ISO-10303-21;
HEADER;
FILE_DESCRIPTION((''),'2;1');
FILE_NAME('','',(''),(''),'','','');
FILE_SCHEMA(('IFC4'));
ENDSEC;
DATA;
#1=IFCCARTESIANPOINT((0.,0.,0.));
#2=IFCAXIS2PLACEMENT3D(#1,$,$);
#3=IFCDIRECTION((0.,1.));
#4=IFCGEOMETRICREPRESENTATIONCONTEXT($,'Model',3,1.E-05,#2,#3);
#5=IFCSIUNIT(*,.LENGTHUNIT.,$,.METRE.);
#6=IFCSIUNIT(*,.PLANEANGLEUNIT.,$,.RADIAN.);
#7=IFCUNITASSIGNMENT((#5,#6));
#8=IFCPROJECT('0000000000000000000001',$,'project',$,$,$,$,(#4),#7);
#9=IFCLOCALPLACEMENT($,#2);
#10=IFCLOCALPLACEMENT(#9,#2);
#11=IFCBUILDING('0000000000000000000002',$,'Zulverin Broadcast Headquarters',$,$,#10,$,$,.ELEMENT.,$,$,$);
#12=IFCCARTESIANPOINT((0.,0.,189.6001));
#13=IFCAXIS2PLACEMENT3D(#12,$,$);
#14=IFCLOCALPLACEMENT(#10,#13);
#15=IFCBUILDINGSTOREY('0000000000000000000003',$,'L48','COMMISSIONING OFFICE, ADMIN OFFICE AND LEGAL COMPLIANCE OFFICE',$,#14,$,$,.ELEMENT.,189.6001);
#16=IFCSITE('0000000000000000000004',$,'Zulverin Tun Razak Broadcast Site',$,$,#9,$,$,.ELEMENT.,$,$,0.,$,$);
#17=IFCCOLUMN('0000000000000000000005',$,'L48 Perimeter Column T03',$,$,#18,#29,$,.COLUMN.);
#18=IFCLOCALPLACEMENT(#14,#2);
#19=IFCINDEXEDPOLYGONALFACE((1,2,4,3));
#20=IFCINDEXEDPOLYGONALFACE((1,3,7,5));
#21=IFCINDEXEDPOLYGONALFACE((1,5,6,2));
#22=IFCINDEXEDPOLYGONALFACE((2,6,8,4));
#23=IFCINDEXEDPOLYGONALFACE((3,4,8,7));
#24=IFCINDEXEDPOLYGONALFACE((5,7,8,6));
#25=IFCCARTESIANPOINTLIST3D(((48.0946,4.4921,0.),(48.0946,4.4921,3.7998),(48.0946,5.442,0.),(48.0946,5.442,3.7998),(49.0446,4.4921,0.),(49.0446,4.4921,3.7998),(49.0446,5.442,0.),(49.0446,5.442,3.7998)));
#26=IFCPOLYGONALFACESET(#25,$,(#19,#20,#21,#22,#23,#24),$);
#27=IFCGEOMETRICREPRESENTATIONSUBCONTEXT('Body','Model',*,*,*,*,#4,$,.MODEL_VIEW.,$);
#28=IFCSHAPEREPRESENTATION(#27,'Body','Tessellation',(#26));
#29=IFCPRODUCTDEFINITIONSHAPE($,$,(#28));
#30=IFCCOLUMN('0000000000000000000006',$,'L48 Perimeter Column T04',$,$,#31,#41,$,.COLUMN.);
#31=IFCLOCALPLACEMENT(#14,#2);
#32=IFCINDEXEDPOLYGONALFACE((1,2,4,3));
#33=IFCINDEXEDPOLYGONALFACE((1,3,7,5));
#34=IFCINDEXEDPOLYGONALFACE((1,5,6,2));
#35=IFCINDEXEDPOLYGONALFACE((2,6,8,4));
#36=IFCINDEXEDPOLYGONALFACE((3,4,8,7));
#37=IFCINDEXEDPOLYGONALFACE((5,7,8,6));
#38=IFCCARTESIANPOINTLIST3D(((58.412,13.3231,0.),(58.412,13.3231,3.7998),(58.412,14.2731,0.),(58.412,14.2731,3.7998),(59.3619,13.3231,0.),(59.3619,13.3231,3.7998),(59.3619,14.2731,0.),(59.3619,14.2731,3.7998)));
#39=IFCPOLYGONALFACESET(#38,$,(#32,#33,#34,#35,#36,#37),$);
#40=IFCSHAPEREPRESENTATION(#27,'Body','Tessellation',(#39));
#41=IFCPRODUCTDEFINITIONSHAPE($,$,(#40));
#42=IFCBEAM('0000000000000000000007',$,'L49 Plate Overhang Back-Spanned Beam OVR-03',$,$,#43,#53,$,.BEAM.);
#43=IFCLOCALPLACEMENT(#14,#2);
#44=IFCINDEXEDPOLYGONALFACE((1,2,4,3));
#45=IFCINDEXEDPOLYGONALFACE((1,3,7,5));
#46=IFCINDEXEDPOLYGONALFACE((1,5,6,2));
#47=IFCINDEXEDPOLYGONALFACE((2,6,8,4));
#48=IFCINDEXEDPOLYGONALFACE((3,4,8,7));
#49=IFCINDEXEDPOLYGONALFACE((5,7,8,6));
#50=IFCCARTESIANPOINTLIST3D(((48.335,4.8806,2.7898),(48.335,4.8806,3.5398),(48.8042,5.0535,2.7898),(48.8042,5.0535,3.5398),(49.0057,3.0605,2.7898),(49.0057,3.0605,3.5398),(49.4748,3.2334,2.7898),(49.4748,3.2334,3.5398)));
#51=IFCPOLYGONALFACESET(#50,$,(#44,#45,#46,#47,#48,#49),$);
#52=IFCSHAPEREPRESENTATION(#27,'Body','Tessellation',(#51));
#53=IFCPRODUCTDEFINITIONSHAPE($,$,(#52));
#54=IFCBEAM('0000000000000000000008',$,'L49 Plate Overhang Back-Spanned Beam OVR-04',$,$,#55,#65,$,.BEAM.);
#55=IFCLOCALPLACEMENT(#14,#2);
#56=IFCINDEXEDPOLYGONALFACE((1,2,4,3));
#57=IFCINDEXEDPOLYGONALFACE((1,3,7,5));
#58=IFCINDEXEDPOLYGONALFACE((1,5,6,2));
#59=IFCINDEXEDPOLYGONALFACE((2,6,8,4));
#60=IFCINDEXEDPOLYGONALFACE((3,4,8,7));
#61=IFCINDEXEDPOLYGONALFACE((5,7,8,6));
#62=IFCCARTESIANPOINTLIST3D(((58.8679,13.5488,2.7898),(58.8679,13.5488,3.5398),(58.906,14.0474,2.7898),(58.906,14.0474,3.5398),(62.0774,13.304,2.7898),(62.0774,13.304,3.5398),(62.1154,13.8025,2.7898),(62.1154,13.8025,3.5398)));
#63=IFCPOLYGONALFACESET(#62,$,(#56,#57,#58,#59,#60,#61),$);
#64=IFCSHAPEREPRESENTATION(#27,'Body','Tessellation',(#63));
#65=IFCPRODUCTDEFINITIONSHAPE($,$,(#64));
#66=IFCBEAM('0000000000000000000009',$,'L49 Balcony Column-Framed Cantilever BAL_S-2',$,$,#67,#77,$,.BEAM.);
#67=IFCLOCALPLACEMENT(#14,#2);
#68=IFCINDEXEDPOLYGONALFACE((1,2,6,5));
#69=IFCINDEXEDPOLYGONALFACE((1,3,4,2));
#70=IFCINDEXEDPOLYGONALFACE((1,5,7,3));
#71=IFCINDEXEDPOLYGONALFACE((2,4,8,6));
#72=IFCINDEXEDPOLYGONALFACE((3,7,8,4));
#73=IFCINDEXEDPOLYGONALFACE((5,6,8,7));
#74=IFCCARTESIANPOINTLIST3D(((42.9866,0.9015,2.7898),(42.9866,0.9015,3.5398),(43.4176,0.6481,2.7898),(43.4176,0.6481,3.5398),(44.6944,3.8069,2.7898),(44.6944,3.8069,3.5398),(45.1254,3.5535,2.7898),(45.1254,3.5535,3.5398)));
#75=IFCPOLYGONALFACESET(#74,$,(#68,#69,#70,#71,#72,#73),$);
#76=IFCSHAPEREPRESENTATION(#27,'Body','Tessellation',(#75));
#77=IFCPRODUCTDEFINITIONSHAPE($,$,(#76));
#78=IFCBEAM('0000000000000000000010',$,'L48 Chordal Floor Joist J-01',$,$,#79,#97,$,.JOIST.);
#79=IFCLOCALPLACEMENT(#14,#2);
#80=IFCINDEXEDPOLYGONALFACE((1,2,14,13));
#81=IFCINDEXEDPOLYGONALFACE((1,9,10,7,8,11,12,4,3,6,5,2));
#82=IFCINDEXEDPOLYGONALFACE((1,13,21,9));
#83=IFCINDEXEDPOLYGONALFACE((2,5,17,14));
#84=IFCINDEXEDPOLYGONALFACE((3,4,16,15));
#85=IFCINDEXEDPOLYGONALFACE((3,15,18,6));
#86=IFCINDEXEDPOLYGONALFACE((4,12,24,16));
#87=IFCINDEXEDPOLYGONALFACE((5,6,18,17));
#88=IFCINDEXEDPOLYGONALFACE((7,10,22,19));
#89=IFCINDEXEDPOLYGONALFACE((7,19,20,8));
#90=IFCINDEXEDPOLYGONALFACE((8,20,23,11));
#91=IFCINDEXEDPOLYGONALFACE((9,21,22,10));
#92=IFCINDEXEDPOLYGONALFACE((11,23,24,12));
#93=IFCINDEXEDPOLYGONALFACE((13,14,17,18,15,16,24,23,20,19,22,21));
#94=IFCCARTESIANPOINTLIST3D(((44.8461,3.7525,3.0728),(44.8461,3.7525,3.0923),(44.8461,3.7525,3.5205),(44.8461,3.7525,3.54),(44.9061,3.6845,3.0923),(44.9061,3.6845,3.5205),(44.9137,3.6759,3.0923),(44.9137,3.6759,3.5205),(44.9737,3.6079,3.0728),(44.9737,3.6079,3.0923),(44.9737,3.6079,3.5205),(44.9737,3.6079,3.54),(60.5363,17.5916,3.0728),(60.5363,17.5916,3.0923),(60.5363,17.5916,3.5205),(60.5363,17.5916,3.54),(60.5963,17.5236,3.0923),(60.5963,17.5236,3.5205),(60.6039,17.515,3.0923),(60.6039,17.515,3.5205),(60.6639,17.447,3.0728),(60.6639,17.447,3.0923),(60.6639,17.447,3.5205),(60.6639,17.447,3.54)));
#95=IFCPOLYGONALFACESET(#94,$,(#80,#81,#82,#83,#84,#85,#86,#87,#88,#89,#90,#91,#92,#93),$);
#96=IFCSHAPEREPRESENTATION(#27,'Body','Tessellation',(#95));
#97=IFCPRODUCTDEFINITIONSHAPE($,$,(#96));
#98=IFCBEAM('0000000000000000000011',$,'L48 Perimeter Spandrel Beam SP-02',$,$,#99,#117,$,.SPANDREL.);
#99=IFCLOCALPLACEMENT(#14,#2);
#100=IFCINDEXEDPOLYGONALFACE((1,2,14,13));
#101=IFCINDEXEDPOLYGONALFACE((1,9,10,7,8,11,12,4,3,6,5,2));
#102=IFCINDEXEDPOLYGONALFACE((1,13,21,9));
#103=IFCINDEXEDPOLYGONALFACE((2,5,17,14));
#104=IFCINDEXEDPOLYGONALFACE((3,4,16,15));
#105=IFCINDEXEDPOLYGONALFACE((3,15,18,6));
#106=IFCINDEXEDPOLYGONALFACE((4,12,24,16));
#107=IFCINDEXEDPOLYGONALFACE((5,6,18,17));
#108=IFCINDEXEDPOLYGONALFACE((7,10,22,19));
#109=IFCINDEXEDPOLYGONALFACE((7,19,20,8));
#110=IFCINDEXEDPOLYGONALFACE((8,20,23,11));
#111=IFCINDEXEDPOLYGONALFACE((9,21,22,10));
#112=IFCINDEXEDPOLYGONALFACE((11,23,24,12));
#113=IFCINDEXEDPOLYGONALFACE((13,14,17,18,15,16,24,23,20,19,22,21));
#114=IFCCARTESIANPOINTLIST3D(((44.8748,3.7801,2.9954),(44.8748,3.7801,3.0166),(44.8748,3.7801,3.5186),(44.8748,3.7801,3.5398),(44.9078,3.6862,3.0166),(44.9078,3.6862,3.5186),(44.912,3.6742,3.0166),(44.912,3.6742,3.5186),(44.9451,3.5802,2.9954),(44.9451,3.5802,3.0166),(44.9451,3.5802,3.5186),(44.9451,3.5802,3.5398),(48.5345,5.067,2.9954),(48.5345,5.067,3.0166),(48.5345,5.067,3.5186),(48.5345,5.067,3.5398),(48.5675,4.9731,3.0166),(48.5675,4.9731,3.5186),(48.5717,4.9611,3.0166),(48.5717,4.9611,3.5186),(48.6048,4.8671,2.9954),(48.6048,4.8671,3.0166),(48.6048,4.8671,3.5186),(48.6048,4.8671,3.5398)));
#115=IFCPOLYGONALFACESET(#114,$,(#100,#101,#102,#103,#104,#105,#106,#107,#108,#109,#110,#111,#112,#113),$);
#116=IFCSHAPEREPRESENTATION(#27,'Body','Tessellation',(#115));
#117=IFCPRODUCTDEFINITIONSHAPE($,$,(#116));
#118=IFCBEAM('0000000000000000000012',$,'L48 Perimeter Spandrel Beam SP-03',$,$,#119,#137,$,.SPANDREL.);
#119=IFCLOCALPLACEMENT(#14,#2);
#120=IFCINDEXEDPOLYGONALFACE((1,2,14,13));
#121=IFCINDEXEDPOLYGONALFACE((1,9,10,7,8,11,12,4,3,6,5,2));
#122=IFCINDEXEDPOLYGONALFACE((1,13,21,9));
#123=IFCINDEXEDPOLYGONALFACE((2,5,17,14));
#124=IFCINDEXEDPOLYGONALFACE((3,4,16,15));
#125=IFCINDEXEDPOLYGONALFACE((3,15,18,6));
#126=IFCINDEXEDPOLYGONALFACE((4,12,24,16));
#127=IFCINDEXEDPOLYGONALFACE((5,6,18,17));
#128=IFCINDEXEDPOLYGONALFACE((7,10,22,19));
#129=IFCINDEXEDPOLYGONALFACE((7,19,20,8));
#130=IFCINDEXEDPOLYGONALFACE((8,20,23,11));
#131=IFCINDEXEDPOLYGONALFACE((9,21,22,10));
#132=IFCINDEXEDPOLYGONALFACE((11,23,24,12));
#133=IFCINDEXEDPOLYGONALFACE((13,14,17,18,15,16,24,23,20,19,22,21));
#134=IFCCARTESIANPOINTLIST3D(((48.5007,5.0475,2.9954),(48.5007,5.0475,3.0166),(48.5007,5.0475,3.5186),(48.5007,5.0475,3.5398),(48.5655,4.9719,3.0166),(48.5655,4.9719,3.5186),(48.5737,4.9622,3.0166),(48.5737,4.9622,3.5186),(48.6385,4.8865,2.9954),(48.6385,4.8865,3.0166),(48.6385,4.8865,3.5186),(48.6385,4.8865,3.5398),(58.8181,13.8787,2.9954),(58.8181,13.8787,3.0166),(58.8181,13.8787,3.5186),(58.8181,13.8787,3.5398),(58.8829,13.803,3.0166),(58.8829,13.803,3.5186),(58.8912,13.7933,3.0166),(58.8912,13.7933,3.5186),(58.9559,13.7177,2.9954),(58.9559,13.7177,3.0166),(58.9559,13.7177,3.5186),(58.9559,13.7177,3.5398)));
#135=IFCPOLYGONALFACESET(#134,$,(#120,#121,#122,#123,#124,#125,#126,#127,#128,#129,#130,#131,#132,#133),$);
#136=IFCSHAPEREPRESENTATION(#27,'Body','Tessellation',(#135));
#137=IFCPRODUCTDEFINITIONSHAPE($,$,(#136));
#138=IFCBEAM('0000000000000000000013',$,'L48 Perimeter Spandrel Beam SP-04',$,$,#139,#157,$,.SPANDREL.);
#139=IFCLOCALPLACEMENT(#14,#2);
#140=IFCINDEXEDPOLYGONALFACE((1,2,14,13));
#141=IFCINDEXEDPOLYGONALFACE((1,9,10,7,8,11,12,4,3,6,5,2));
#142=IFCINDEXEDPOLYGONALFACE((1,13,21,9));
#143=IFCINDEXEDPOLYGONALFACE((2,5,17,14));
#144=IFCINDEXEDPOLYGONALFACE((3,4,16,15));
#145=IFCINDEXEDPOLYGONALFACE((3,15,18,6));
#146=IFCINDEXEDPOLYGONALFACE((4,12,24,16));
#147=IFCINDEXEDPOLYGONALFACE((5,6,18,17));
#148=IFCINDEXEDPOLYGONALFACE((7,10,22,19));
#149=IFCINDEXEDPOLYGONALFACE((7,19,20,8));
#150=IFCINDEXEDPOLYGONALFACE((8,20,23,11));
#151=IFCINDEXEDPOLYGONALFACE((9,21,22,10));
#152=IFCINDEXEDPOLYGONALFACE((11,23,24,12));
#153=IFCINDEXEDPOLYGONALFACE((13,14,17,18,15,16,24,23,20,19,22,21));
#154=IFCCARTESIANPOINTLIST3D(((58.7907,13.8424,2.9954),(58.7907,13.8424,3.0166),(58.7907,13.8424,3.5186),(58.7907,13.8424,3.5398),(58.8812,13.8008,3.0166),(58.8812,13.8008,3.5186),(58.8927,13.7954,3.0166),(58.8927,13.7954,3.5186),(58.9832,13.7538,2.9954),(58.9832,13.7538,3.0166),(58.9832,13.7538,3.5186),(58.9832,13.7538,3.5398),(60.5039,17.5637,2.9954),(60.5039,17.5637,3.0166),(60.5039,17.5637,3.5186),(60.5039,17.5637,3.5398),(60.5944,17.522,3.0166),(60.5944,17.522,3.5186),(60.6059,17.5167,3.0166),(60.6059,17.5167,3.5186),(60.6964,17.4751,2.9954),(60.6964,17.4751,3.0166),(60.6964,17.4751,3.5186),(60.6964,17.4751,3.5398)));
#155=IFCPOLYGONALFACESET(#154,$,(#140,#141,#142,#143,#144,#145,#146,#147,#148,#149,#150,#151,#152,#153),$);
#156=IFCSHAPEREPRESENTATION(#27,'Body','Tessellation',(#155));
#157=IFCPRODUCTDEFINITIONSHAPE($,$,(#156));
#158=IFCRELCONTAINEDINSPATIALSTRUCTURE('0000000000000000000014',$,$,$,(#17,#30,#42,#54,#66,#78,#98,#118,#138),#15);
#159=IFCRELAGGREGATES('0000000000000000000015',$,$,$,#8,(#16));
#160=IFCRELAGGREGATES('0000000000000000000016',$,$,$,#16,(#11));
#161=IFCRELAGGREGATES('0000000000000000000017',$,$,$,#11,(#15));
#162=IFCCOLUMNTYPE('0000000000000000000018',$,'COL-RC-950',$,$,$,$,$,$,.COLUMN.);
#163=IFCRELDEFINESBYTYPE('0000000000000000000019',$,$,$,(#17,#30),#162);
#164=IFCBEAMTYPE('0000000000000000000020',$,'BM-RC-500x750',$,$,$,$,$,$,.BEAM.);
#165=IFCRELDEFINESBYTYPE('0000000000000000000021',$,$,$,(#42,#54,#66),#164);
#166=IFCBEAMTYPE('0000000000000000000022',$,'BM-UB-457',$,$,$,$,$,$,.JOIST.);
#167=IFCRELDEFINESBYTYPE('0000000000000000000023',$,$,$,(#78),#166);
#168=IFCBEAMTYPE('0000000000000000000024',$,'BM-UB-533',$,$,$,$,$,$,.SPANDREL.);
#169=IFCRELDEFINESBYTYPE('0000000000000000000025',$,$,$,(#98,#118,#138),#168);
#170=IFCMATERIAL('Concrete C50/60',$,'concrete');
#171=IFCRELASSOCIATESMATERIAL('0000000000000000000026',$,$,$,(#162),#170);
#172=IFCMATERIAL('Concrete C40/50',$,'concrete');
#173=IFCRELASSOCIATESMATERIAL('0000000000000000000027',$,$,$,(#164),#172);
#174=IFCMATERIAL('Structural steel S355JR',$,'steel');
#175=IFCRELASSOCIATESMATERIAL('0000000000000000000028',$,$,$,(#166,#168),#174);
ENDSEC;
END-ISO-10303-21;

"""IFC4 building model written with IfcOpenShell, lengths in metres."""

from ifc_helpers import new_model, si_unit, direction, frame, origin, origin_2d, place, context, subcontext, project, spatial, rectangle, i_section, extrude, material, material_profile, profile_set, type_object, element, save


model = new_model("IFC4")

# Units and contexts
model_context = context("Model", 3, precision=1e-05, world=origin(), true_north=direction((0.0, 1.0)))
body_context = subcontext(model_context, "Body", "Model", "MODEL_VIEW")
ifc_project = project(units=[si_unit("LENGTHUNIT", "METRE"), si_unit("PLANEANGLEUNIT", "RADIAN")], contexts=[model_context])

# Site, building, storey
site_placement = place(None, origin())
site = spatial("IfcSite", under=ifc_project, at=site_placement, Name="Zulverin Tun Razak Broadcast Site", CompositionType="ELEMENT", RefElevation=0.0)
building_placement = place(site_placement, origin())
building = spatial("IfcBuilding", under=site, at=building_placement, Name="Zulverin Broadcast Headquarters", CompositionType="ELEMENT")
storey_placement = place(building_placement, frame((0.0, 0.0, 189.6001)))
storey = spatial("IfcBuildingStorey", under=building, at=storey_placement, Name="L48", Description="COMMISSIONING OFFICE, ADMIN OFFICE AND LEGAL COMPLIANCE OFFICE", CompositionType="ELEMENT", Elevation=189.6001)

# Columns
ifc_material_1 = material(Name="Concrete C50/60", Category="concrete")
ifc_material_profile_1 = material_profile(ifc_material_1, rectangle(XDim=0.95, YDim=0.95, at=origin_2d()), Name="Concrete C50/60", Category="concrete")
ifc_profile_set_1 = profile_set([ifc_material_profile_1], Name="Concrete C50/60")
column_type = type_object("IfcColumnType", Name="COL-RC-950", PredefinedType="COLUMN", material=ifc_profile_set_1)
for number, where, z_axis, x_axis, name in (
    (1, (48.5696, 4.967, 0.0), (0.0, 0.0, 1.0), (1.0, 0.0, 0.0), "L48 Perimeter Column T03"),
    (2, (58.887, 13.7981, 0.0), (0.0, 0.0, 1.0), (1.0, 0.0, 0.0), "L48 Perimeter Column T04"),
):
    element("IfcColumn", number, at=place(storey_placement, frame(where, z_axis=z_axis, x_axis=x_axis)), inside=storey, type_object=column_type, Name=name, PredefinedType="COLUMN", context=body_context, shape_type="SweptSolid", body=[
        extrude(rectangle(XDim=0.95, YDim=0.95, at=origin_2d()), origin(), (0.0, 0.0, 1.0), 3.7998),
    ])

# Beams
ifc_material_2 = material(Name="Concrete C40/50", Category="concrete")
ifc_material_profile_2 = material_profile(ifc_material_2, rectangle(XDim=0.5, YDim=0.75, at=origin_2d()), Name="Concrete C40/50", Category="concrete")
ifc_profile_set_2 = profile_set([ifc_material_profile_2], Name="Concrete C40/50")
beam_type_1 = type_object("IfcBeamType", Name="BM-RC-500x750", PredefinedType="BEAM", material=ifc_profile_set_2)
beam_1_placement = place(storey_placement, frame((48.5696, 4.967, 3.1648), z_axis=(0.345752, -0.938326, 0.0), x_axis=(0.938326, 0.345752, 0.0)))
element("IfcBeam", 3, at=beam_1_placement, inside=storey, type_object=beam_type_1, Name="L49 Plate Overhang Back-Spanned Beam OVR-03", PredefinedType="BEAM", context=body_context, shape_type="SweptSolid", body=[
    extrude(rectangle(XDim=0.5, YDim=0.75, at=origin_2d()), origin(), (0.0, 0.0, 1.0), 1.9397),
])
beam_2_placement = place(storey_placement, frame((58.887, 13.7981, 3.1648), z_axis=(0.997102, -0.076076, 0.0), x_axis=(0.076076, 0.997102, 0.0)))
element("IfcBeam", 4, at=beam_2_placement, inside=storey, type_object=beam_type_1, Name="L49 Plate Overhang Back-Spanned Beam OVR-04", PredefinedType="BEAM", context=body_context, shape_type="SweptSolid", body=[
    extrude(rectangle(XDim=0.5, YDim=0.75, at=origin_2d()), origin(), (0.0, 0.0, 1.0), 3.2188),
])
beam_3_placement = place(storey_placement, frame((44.9099, 3.6802, 3.1648), z_axis=(-0.506751, -0.862092, 0.0), x_axis=(0.862092, -0.506751, 0.0)))
element("IfcBeam", 5, at=beam_3_placement, inside=storey, type_object=beam_type_1, Name="L49 Balcony Column-Framed Cantilever BAL_S-2", PredefinedType="BEAM", context=body_context, shape_type="SweptSolid", body=[
    extrude(rectangle(XDim=0.5, YDim=0.75, at=origin_2d()), origin(), (0.0, 0.0, 1.0), 3.3701),
])
ifc_material_3 = material(Name="Structural steel S355JR", Category="steel")
ifc_material_profile_3 = material_profile(ifc_material_3, i_section(OverallWidth=0.1929, OverallDepth=0.4673, WebThickness=0.0115, FlangeThickness=0.0195, at=origin_2d()), Name="Structural steel S355JR", Category="steel")
ifc_profile_set_3 = profile_set([ifc_material_profile_3], Name="Structural steel S355JR")
beam_type_2 = type_object("IfcBeamType", Name="BM-UB-457", PredefinedType="JOIST", material=ifc_profile_set_3)
beam_4_placement = place(storey_placement, frame((44.9099, 3.6802, 3.3064), z_axis=(0.74996, 0.661483, 0.0), x_axis=(-0.661483, 0.74996, 0.0)))
element("IfcBeam", 6, at=beam_4_placement, inside=storey, type_object=beam_type_2, Name="L48 Chordal Floor Joist J-01", PredefinedType="JOIST", context=body_context, shape_type="SweptSolid", body=[
    extrude(i_section(OverallWidth=0.1929, OverallDepth=0.4673, WebThickness=0.0115, FlangeThickness=0.0195, at=origin_2d()), origin(), (0.0, 0.0, 1.0), 20.9214),
])
ifc_material_profile_4 = material_profile(ifc_material_3, i_section(OverallWidth=0.2119, OverallDepth=0.5444, WebThickness=0.0127, FlangeThickness=0.0212, at=origin_2d()), Name="Structural steel S355JR", Category="steel")
ifc_profile_set_4 = profile_set([ifc_material_profile_4], Name="Structural steel S355JR")
beam_type_3 = type_object("IfcBeamType", Name="BM-UB-533", PredefinedType="SPANDREL", material=ifc_profile_set_4)
beam_5_placement = place(storey_placement, frame((44.9099, 3.6802, 3.2676), z_axis=(0.943377, 0.331724, 0.0), x_axis=(-0.331724, 0.943377, 0.0)))
element("IfcBeam", 7, at=beam_5_placement, inside=storey, type_object=beam_type_3, Name="L48 Perimeter Spandrel Beam SP-02", PredefinedType="SPANDREL", context=body_context, shape_type="SweptSolid", body=[
    extrude(i_section(OverallWidth=0.2119, OverallDepth=0.5444, WebThickness=0.0127, FlangeThickness=0.0212, at=origin_2d()), origin(), (0.0, 0.0, 1.0), 3.8794),
])
beam_6_placement = place(storey_placement, frame((48.5696, 4.967, 3.2676), z_axis=(0.759708, 0.650264, 0.0), x_axis=(-0.650264, 0.759708, 0.0)))
element("IfcBeam", 8, at=beam_6_placement, inside=storey, type_object=beam_type_3, Name="L48 Perimeter Spandrel Beam SP-03", PredefinedType="SPANDREL", context=body_context, shape_type="SweptSolid", body=[
    extrude(i_section(OverallWidth=0.2119, OverallDepth=0.5444, WebThickness=0.0127, FlangeThickness=0.0212, at=origin_2d()), origin(), (0.0, 0.0, 1.0), 13.5808),
])
beam_7_placement = place(storey_placement, frame((58.887, 13.7981, 3.2676), z_axis=(0.418185, 0.908362, 0.0), x_axis=(-0.908362, 0.418185, 0.0)))
element("IfcBeam", 9, at=beam_7_placement, inside=storey, type_object=beam_type_3, Name="L48 Perimeter Spandrel Beam SP-04", PredefinedType="SPANDREL", context=body_context, shape_type="SweptSolid", body=[
    extrude(i_section(OverallWidth=0.2119, OverallDepth=0.5444, WebThickness=0.0127, FlangeThickness=0.0212, at=origin_2d()), origin(), (0.0, 0.0, 1.0), 4.0967),
])

save(model, "model.ifc")
